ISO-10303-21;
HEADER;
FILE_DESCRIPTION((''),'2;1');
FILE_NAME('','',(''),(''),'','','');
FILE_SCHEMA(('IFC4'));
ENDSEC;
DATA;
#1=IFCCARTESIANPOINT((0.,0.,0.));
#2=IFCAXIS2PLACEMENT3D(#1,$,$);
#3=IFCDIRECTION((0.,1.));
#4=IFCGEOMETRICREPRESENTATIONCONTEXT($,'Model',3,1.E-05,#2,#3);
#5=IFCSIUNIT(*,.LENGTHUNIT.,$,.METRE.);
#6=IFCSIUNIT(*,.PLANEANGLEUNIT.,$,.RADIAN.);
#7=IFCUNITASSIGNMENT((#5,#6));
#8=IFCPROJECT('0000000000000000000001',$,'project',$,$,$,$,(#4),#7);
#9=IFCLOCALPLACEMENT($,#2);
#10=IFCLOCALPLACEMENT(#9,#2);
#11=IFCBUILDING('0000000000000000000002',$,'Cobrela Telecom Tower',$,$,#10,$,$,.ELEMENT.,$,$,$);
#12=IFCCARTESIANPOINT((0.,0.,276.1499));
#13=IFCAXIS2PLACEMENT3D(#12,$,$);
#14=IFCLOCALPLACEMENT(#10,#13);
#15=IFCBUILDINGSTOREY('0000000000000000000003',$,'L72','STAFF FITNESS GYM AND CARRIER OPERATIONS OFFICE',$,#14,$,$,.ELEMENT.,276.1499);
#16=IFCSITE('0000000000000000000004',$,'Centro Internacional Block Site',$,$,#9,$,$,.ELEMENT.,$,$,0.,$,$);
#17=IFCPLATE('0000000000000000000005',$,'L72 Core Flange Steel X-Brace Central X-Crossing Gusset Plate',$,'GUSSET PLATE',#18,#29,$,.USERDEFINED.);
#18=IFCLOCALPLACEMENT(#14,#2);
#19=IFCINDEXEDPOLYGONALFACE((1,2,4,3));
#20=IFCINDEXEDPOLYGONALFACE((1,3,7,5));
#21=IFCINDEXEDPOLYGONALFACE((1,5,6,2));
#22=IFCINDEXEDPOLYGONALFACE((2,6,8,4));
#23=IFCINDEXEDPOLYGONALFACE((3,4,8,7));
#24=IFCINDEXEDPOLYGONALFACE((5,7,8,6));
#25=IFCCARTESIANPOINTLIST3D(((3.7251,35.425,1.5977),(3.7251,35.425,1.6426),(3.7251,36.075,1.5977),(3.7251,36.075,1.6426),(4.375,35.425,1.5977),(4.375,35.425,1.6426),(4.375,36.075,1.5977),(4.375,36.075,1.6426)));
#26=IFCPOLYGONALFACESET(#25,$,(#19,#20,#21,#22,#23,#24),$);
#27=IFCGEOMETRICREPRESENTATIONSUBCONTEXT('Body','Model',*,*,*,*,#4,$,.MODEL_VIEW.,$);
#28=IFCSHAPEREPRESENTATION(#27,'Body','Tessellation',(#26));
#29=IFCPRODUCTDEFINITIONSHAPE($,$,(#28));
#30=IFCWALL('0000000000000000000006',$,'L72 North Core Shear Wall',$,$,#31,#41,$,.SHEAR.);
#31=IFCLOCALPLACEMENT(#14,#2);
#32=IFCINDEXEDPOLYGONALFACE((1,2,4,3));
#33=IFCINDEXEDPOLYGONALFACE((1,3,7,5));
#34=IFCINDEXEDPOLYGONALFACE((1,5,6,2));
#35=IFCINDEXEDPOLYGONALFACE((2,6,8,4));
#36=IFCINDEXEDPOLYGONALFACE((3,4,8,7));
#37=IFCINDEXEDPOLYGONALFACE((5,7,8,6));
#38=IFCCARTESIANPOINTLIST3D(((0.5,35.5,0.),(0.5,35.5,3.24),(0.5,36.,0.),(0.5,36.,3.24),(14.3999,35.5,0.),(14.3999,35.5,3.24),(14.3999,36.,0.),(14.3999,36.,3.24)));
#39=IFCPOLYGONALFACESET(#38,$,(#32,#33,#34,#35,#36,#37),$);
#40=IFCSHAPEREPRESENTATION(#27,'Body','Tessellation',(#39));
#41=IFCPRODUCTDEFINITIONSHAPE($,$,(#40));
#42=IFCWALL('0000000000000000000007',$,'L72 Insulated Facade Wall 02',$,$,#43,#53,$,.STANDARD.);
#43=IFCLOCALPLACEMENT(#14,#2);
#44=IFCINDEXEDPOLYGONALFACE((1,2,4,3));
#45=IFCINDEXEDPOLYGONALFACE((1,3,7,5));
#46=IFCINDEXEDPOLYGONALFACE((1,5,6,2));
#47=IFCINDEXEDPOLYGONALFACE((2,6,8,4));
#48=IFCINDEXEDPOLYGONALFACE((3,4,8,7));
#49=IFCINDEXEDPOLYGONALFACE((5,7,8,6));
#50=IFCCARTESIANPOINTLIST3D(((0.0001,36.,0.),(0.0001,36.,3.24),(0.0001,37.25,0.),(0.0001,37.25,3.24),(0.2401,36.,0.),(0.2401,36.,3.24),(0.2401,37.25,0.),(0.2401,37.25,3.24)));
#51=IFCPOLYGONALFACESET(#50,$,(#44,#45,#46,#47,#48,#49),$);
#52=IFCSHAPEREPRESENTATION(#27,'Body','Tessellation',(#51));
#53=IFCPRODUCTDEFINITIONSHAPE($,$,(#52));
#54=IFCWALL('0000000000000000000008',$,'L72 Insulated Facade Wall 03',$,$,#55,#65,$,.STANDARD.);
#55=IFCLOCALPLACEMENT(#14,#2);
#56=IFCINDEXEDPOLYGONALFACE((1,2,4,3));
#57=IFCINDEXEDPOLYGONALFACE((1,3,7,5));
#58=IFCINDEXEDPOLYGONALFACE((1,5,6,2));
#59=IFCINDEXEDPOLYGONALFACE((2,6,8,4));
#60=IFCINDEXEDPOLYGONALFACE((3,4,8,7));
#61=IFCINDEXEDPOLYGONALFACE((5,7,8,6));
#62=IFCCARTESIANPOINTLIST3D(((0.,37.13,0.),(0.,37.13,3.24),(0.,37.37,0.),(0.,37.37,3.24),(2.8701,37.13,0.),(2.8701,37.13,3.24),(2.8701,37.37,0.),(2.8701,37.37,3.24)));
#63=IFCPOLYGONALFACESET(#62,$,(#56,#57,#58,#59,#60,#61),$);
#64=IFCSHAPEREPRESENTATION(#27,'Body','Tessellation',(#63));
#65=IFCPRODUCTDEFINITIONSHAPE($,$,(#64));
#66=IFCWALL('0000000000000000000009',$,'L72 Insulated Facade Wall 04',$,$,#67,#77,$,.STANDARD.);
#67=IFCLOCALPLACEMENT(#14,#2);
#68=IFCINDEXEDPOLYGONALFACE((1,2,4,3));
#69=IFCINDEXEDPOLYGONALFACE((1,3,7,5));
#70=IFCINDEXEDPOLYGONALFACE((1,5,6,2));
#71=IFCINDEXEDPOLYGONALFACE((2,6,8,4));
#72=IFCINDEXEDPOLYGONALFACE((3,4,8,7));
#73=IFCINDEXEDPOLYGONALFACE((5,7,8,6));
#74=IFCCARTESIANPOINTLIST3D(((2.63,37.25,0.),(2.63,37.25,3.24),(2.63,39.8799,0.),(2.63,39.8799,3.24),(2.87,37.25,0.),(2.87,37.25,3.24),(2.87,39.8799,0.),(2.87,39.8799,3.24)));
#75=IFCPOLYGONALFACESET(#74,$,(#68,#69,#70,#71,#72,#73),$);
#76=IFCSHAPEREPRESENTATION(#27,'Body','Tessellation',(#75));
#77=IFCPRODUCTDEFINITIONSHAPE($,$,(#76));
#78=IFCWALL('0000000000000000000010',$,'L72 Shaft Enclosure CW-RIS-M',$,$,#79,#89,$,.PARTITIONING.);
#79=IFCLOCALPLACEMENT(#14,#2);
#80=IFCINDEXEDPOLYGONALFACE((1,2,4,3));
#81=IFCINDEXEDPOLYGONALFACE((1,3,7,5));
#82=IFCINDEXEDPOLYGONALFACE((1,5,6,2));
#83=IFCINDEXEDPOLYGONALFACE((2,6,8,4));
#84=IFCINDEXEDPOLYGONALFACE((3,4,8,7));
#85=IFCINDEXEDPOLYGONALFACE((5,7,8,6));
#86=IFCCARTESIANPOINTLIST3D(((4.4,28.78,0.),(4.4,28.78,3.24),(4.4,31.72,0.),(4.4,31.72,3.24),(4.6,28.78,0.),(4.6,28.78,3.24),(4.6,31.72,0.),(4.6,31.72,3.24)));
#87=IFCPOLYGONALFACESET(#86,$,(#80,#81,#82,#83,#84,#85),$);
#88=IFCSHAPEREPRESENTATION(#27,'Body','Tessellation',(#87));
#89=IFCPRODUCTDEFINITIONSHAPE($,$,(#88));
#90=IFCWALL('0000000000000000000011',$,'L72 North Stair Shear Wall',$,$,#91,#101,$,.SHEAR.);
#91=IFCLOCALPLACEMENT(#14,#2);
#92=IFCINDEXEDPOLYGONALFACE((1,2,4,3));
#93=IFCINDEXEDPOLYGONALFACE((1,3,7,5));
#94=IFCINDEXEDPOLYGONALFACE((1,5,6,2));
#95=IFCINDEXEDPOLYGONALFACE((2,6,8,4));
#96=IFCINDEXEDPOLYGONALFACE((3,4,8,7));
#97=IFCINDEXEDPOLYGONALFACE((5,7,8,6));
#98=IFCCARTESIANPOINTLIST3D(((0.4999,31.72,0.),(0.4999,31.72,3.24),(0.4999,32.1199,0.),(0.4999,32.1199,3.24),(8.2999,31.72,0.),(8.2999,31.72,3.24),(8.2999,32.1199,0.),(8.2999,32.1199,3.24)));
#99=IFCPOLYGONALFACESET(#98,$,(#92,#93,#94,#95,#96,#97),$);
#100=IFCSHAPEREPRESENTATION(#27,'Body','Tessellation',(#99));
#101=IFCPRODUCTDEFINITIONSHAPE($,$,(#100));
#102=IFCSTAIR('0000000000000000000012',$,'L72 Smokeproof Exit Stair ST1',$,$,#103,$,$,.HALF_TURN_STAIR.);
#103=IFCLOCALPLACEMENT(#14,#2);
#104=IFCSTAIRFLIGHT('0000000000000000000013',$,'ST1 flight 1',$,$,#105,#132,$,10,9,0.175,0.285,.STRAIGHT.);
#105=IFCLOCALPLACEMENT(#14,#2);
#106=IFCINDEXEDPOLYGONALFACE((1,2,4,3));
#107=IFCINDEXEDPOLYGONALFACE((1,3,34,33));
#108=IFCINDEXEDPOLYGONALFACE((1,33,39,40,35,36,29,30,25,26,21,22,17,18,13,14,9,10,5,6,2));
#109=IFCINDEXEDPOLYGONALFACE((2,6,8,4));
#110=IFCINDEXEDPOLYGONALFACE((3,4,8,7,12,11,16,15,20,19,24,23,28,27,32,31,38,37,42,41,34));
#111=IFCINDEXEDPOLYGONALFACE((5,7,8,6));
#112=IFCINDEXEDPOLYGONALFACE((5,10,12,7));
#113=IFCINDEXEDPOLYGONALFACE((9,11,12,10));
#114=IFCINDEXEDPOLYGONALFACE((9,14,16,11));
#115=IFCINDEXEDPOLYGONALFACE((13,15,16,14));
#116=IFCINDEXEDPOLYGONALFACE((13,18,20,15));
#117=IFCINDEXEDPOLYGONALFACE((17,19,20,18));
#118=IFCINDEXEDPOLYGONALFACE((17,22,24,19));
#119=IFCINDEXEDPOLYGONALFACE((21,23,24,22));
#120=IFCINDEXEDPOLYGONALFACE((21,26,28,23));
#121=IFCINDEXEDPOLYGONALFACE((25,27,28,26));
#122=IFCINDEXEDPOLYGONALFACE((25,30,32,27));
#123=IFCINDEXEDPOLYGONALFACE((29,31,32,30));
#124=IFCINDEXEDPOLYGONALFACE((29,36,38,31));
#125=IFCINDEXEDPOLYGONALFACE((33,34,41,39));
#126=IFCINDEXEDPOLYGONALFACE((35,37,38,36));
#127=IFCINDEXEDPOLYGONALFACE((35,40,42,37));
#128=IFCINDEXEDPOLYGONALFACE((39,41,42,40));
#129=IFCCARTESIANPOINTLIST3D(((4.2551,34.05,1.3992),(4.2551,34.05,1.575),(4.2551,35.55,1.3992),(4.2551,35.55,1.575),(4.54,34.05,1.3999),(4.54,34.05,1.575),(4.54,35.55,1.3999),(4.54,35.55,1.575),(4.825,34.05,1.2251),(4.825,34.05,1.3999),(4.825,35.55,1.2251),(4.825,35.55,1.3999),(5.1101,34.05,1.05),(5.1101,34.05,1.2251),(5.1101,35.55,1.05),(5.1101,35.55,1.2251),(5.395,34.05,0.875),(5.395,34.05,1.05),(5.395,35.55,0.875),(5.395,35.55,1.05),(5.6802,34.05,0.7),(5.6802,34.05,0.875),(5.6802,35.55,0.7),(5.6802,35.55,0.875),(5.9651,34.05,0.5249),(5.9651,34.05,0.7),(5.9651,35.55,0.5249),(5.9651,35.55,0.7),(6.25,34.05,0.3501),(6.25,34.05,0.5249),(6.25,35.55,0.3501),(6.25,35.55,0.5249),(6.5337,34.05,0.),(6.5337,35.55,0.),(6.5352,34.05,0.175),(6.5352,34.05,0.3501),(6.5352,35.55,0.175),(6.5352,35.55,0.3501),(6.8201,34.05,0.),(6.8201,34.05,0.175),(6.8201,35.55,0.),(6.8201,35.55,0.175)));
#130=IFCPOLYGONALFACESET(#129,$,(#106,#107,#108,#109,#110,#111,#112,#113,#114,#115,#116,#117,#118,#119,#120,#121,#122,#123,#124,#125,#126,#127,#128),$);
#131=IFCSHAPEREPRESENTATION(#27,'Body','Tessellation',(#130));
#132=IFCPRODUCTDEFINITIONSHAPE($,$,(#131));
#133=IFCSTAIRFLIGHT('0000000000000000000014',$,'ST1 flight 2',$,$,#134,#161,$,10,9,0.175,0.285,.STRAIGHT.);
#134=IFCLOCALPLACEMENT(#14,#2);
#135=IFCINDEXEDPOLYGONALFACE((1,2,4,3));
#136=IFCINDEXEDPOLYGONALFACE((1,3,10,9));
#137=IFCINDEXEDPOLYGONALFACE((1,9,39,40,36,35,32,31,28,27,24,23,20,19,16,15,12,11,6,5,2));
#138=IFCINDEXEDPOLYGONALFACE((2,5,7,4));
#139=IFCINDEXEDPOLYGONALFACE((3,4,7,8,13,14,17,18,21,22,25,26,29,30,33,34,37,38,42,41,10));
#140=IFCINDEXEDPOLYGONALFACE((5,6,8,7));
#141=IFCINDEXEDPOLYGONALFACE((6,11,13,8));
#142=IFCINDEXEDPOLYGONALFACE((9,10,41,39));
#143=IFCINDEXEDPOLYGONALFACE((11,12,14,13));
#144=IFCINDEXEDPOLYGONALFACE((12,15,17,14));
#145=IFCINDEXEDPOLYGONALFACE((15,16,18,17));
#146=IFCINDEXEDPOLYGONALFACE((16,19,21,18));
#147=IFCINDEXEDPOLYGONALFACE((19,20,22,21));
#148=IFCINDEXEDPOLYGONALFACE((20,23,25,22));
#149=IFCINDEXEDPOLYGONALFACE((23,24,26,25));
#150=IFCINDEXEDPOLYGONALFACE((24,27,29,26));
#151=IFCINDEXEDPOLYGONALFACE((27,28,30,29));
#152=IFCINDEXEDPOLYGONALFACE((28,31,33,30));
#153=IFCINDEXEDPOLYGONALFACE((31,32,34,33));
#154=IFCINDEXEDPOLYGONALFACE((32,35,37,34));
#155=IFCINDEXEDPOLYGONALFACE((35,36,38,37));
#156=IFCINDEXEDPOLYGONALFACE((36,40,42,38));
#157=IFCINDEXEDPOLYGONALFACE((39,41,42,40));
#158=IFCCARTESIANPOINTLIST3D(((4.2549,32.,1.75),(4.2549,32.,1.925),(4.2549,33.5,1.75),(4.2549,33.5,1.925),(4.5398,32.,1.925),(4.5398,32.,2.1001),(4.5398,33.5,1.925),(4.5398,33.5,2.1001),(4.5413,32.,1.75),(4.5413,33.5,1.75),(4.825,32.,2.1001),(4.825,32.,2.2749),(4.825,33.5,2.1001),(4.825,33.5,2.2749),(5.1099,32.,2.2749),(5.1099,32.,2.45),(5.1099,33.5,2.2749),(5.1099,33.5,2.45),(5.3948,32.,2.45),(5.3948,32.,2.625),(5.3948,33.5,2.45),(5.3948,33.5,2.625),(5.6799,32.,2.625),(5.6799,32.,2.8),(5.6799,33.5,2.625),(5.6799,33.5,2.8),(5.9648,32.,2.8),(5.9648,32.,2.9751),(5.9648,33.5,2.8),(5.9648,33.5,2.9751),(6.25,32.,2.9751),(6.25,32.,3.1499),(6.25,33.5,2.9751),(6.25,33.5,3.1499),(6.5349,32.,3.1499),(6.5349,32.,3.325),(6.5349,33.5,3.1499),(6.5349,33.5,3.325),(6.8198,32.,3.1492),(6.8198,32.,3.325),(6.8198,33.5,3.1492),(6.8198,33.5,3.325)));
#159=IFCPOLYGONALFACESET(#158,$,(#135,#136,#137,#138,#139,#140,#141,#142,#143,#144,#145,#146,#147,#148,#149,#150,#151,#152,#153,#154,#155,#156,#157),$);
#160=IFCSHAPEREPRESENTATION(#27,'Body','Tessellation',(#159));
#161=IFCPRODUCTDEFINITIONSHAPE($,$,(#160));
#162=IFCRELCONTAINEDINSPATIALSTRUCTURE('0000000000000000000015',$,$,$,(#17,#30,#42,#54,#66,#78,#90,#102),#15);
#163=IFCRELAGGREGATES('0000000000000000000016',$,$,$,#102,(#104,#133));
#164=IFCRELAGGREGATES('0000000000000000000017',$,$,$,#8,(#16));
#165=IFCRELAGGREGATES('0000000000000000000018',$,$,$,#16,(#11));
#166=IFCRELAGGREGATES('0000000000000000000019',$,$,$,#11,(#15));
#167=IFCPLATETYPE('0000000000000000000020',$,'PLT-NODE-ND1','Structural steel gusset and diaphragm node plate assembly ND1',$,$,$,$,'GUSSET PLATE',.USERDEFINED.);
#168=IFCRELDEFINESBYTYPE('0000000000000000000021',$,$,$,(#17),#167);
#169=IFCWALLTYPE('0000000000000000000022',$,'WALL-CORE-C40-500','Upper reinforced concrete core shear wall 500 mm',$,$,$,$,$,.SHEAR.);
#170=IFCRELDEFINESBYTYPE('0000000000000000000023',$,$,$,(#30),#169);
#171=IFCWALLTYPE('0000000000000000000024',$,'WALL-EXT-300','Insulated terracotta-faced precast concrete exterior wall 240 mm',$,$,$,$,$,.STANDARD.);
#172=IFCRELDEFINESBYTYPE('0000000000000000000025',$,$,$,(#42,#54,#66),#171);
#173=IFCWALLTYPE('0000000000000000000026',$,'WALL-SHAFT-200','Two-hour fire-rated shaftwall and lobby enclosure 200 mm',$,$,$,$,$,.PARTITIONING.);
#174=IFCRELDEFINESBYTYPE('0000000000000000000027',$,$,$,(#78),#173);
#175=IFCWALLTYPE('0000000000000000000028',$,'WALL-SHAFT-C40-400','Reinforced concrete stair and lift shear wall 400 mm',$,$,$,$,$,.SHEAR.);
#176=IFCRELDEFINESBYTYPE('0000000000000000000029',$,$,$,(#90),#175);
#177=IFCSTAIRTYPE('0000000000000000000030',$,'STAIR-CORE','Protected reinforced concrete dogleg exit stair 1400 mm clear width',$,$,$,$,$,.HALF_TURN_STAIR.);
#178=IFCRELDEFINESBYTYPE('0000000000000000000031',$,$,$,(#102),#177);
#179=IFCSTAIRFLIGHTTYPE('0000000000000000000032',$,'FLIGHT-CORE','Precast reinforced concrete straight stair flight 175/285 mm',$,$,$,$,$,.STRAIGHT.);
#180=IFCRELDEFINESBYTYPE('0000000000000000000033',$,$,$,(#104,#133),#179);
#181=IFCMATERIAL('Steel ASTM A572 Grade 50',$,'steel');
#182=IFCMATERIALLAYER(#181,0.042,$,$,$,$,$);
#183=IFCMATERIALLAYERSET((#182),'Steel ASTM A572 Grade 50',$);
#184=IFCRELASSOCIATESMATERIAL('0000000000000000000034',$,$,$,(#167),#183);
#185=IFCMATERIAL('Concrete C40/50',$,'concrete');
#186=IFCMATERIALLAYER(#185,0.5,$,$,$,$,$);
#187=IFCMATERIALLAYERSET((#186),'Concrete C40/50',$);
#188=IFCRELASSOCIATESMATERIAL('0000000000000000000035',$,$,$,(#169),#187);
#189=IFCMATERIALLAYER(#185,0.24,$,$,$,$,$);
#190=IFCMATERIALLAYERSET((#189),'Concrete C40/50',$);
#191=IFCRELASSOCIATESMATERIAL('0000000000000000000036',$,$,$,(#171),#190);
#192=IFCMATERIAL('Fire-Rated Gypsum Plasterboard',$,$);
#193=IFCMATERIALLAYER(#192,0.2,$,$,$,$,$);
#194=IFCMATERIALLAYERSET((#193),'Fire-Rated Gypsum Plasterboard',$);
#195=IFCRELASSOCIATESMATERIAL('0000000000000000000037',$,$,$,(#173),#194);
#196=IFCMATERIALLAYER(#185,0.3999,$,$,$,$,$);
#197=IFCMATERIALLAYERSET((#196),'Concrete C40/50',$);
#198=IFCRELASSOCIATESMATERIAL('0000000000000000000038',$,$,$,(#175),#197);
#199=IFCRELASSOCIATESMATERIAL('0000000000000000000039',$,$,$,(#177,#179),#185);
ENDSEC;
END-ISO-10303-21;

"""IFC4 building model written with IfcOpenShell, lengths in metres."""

from ifc_helpers import new_model, si_unit, direction, frame, frame_2d, origin, origin_2d, place, context, subcontext, project, spatial, polyline, rectangle, outline, extrude, material, layer, layer_set, type_object, element, aggregate, save


model = new_model("IFC4")

# Units and contexts
model_context = context("Model", 3, precision=1e-05, world=origin(), true_north=direction((0.0, 1.0)))
body_context = subcontext(model_context, "Body", "Model", "MODEL_VIEW")
ifc_project = project(units=[si_unit("LENGTHUNIT", "METRE"), si_unit("PLANEANGLEUNIT", "RADIAN")], contexts=[model_context])

# Site, building, storey
site_placement = place(None, origin())
site = spatial("IfcSite", under=ifc_project, at=site_placement, Name="Centro Internacional Block Site", CompositionType="ELEMENT", RefElevation=0.0)
building_placement = place(site_placement, origin())
building = spatial("IfcBuilding", under=site, at=building_placement, Name="Cobrela Telecom Tower", CompositionType="ELEMENT")
storey_placement = place(building_placement, frame((0.0, 0.0, 276.1499)))
storey = spatial("IfcBuildingStorey", under=building, at=storey_placement, Name="L72", Description="STAFF FITNESS GYM AND CARRIER OPERATIONS OFFICE", CompositionType="ELEMENT", Elevation=276.1499)

# Shared definitions
ifc_material_1 = material(Name="Steel ASTM A572 Grade 50", Category="steel")

# Plate
ifc_layer_1 = layer(ifc_material_1, 0.042)
ifc_layer_set_1 = layer_set([ifc_layer_1], Name="Steel ASTM A572 Grade 50")
plate_type_1 = type_object("IfcPlateType", Name="PLT-NODE-ND1", Description="Structural steel gusset and diaphragm node plate assembly ND1", ElementType="GUSSET PLATE", PredefinedType="USERDEFINED", material=ifc_layer_set_1)
plate_1_placement = place(storey_placement, frame((4.05, 35.75, 1.5977), z_axis=(0.0, 0.0, 1.0), x_axis=(1.0, 0.0, 0.0)))
element("IfcPlate", 1, at=plate_1_placement, inside=storey, type_object=plate_type_1, Name="L72 Core Flange Steel X-Brace Central X-Crossing Gusset Plate", ObjectType="GUSSET PLATE", PredefinedType="USERDEFINED", context=body_context, shape_type="SweptSolid", body=[
    extrude(rectangle(XDim=0.6499, YDim=0.6499, at=origin_2d()), origin(), (0.0, 0.0, 1.0), 0.0449),
])

# Walls
ifc_material_2 = material(Name="Concrete C40/50", Category="concrete")
ifc_layer_2 = layer(ifc_material_2, 0.5)
ifc_layer_set_2 = layer_set([ifc_layer_2], Name="Concrete C40/50")
wall_type_1 = type_object("IfcWallType", Name="WALL-CORE-C40-500", Description="Upper reinforced concrete core shear wall 500 mm", PredefinedType="SHEAR", material=ifc_layer_set_2)
wall_1_placement = place(storey_placement, frame((0.5, 35.75, 0.0), z_axis=(0.0, 0.0, 1.0), x_axis=(1.0, 0.0, 0.0)))
element("IfcWall", 2, at=wall_1_placement, inside=storey, type_object=wall_type_1, Name="L72 North Core Shear Wall", PredefinedType="SHEAR", context=body_context, shape_type="SweptSolid", body=[
    extrude(rectangle(XDim=13.8999, YDim=0.5, at=frame_2d((6.95, 0.0))), origin(), (0.0, 0.0, 1.0), 3.24),
])
ifc_layer_3 = layer(ifc_material_2, 0.24)
ifc_layer_set_3 = layer_set([ifc_layer_3], Name="Concrete C40/50")
wall_type_2 = type_object("IfcWallType", Name="WALL-EXT-300", Description="Insulated terracotta-faced precast concrete exterior wall 240 mm", PredefinedType="STANDARD", material=ifc_layer_set_3)
wall_2_placement = place(storey_placement, frame((0.1201, 36.0, 0.0), z_axis=(0.0, 0.0, 1.0), x_axis=(0.0, 1.0, 0.0)))
element("IfcWall", 3, at=wall_2_placement, inside=storey, type_object=wall_type_2, Name="L72 Insulated Facade Wall 02", PredefinedType="STANDARD", context=body_context, shape_type="SweptSolid", body=[
    extrude(rectangle(XDim=1.25, YDim=0.24, at=frame_2d((0.625, 0.0))), origin(), (0.0, 0.0, 1.0), 3.24),
])
wall_3_placement = place(storey_placement, frame((0.0, 37.25, 0.0), z_axis=(0.0, 0.0, 1.0), x_axis=(1.0, 0.0, 0.0)))
element("IfcWall", 4, at=wall_3_placement, inside=storey, type_object=wall_type_2, Name="L72 Insulated Facade Wall 03", PredefinedType="STANDARD", context=body_context, shape_type="SweptSolid", body=[
    extrude(rectangle(XDim=2.8701, YDim=0.24, at=frame_2d((1.4351, 0.0))), origin(), (0.0, 0.0, 1.0), 3.24),
])
wall_4_placement = place(storey_placement, frame((2.75, 37.25, 0.0), z_axis=(0.0, 0.0, 1.0), x_axis=(0.0, 1.0, 0.0)))
element("IfcWall", 5, at=wall_4_placement, inside=storey, type_object=wall_type_2, Name="L72 Insulated Facade Wall 04", PredefinedType="STANDARD", context=body_context, shape_type="SweptSolid", body=[
    extrude(rectangle(XDim=2.6299, YDim=0.24, at=frame_2d((1.3149, 0.0))), origin(), (0.0, 0.0, 1.0), 3.24),
])

# Shared definitions
ifc_material_3 = material(Name="Fire-Rated Gypsum Plasterboard")
ifc_layer_4 = layer(ifc_material_3, 0.2)
ifc_layer_set_4 = layer_set([ifc_layer_4], Name="Fire-Rated Gypsum Plasterboard")
wall_type_3 = type_object("IfcWallType", Name="WALL-SHAFT-200", Description="Two-hour fire-rated shaftwall and lobby enclosure 200 mm", PredefinedType="PARTITIONING", material=ifc_layer_set_4)

# Walls
wall_5_placement = place(storey_placement, frame((4.5, 28.78, 0.0), z_axis=(0.0, 0.0, 1.0), x_axis=(0.0, 1.0, 0.0)))
element("IfcWall", 6, at=wall_5_placement, inside=storey, type_object=wall_type_3, Name="L72 Shaft Enclosure CW-RIS-M", PredefinedType="PARTITIONING", context=body_context, shape_type="SweptSolid", body=[
    extrude(rectangle(XDim=2.9399, YDim=0.2, at=frame_2d((1.47, 0.0))), origin(), (0.0, 0.0, 1.0), 3.24),
])
ifc_layer_5 = layer(ifc_material_2, 0.3999)
ifc_layer_set_5 = layer_set([ifc_layer_5], Name="Concrete C40/50")
wall_type_4 = type_object("IfcWallType", Name="WALL-SHAFT-C40-400", Description="Reinforced concrete stair and lift shear wall 400 mm", PredefinedType="SHEAR", material=ifc_layer_set_5)
wall_6_placement = place(storey_placement, frame((0.5, 31.9199, 0.0), z_axis=(0.0, 0.0, 1.0), x_axis=(1.0, 0.0, 0.0)))
element("IfcWall", 7, at=wall_6_placement, inside=storey, type_object=wall_type_4, Name="L72 North Stair Shear Wall", PredefinedType="SHEAR", context=body_context, shape_type="SweptSolid", body=[
    extrude(rectangle(XDim=7.8, YDim=0.3999, at=frame_2d((3.8999, 0.0))), origin(), (0.0, 0.0, 1.0), 3.24),
])

# Stair, stair flights
stair_type = type_object("IfcStairType", Name="STAIR-CORE", Description="Protected reinforced concrete dogleg exit stair 1400 mm clear width", PredefinedType="HALF_TURN_STAIR", material=ifc_material_2)
stair_placement = place(storey_placement, origin())
stair = element("IfcStair", 8, at=stair_placement, inside=storey, type_object=stair_type, Name="L72 Smokeproof Exit Stair ST1", PredefinedType="HALF_TURN_STAIR")
stair_flight_type = type_object("IfcStairFlightType", Name="FLIGHT-CORE", Description="Precast reinforced concrete straight stair flight 175/285 mm", PredefinedType="STRAIGHT", material=ifc_material_2)
stair_flight_1_placement = place(storey_placement, frame((6.8201, 34.8, 0.0), z_axis=(0.0, 0.0, 1.0), x_axis=(-1.0, 0.0, 0.0)))
stair_flight_1 = element("IfcStairFlight", 9, at=stair_flight_1_placement, type_object=stair_flight_type, Name="ST1 flight 1", NumberOfRisers=10, NumberOfTreads=9, PredefinedType="STRAIGHT", RiserHeight=0.175, TreadLength=0.285, context=body_context, shape_type="SweptSolid", body=[
    extrude(outline(polyline([(0.0, 0.0), (0.0, 0.175), (0.2849, 0.175), (0.2849, 0.3501), (0.5701, 0.3501), (0.5701, 0.5249), (0.855, 0.5249), (0.855, 0.7), (1.1399, 0.7), (1.1399, 0.875), (1.425, 0.875), (1.425, 1.05), (1.71, 1.05), (1.71, 1.2251), (1.9951, 1.2251), (1.9951, 1.3999), (2.28, 1.3999), (2.28, 1.575), (2.5649, 1.575), (2.5649, 1.75), (2.5649, 1.3992), (0.2864, 0.0), (0.0, 0.0)])), frame((0.0, 0.75, 0.0), z_axis=(0.0, -1.0, 0.0), x_axis=(1.0, 0.0, 0.0)), (0.0, 0.0, 1.0), 1.5),
])
stair_flight_2_placement = place(storey_placement, frame((4.2549, 32.75, 1.75), z_axis=(0.0, 0.0, 1.0), x_axis=(1.0, 0.0, 0.0)))
stair_flight_2 = element("IfcStairFlight", 10, at=stair_flight_2_placement, type_object=stair_flight_type, Name="ST1 flight 2", NumberOfRisers=10, NumberOfTreads=9, PredefinedType="STRAIGHT", RiserHeight=0.175, TreadLength=0.285, context=body_context, shape_type="SweptSolid", body=[
    extrude(outline(polyline([(0.0, 0.0), (0.0, 0.175), (0.2849, 0.175), (0.2849, 0.3501), (0.5701, 0.3501), (0.5701, 0.5249), (0.855, 0.5249), (0.855, 0.7), (1.1399, 0.7), (1.1399, 0.875), (1.425, 0.875), (1.425, 1.05), (1.71, 1.05), (1.71, 1.2251), (1.9951, 1.2251), (1.9951, 1.3999), (2.28, 1.3999), (2.28, 1.575), (2.5649, 1.575), (2.5649, 1.75), (2.5649, 1.3992), (0.2864, 0.0), (0.0, 0.0)])), frame((0.0, 0.75, 0.0), z_axis=(0.0, -1.0, 0.0), x_axis=(1.0, 0.0, 0.0)), (0.0, 0.0, 1.0), 1.5),
])
aggregate(stair, [stair_flight_1, stair_flight_2])

save(model, "model.ifc")
